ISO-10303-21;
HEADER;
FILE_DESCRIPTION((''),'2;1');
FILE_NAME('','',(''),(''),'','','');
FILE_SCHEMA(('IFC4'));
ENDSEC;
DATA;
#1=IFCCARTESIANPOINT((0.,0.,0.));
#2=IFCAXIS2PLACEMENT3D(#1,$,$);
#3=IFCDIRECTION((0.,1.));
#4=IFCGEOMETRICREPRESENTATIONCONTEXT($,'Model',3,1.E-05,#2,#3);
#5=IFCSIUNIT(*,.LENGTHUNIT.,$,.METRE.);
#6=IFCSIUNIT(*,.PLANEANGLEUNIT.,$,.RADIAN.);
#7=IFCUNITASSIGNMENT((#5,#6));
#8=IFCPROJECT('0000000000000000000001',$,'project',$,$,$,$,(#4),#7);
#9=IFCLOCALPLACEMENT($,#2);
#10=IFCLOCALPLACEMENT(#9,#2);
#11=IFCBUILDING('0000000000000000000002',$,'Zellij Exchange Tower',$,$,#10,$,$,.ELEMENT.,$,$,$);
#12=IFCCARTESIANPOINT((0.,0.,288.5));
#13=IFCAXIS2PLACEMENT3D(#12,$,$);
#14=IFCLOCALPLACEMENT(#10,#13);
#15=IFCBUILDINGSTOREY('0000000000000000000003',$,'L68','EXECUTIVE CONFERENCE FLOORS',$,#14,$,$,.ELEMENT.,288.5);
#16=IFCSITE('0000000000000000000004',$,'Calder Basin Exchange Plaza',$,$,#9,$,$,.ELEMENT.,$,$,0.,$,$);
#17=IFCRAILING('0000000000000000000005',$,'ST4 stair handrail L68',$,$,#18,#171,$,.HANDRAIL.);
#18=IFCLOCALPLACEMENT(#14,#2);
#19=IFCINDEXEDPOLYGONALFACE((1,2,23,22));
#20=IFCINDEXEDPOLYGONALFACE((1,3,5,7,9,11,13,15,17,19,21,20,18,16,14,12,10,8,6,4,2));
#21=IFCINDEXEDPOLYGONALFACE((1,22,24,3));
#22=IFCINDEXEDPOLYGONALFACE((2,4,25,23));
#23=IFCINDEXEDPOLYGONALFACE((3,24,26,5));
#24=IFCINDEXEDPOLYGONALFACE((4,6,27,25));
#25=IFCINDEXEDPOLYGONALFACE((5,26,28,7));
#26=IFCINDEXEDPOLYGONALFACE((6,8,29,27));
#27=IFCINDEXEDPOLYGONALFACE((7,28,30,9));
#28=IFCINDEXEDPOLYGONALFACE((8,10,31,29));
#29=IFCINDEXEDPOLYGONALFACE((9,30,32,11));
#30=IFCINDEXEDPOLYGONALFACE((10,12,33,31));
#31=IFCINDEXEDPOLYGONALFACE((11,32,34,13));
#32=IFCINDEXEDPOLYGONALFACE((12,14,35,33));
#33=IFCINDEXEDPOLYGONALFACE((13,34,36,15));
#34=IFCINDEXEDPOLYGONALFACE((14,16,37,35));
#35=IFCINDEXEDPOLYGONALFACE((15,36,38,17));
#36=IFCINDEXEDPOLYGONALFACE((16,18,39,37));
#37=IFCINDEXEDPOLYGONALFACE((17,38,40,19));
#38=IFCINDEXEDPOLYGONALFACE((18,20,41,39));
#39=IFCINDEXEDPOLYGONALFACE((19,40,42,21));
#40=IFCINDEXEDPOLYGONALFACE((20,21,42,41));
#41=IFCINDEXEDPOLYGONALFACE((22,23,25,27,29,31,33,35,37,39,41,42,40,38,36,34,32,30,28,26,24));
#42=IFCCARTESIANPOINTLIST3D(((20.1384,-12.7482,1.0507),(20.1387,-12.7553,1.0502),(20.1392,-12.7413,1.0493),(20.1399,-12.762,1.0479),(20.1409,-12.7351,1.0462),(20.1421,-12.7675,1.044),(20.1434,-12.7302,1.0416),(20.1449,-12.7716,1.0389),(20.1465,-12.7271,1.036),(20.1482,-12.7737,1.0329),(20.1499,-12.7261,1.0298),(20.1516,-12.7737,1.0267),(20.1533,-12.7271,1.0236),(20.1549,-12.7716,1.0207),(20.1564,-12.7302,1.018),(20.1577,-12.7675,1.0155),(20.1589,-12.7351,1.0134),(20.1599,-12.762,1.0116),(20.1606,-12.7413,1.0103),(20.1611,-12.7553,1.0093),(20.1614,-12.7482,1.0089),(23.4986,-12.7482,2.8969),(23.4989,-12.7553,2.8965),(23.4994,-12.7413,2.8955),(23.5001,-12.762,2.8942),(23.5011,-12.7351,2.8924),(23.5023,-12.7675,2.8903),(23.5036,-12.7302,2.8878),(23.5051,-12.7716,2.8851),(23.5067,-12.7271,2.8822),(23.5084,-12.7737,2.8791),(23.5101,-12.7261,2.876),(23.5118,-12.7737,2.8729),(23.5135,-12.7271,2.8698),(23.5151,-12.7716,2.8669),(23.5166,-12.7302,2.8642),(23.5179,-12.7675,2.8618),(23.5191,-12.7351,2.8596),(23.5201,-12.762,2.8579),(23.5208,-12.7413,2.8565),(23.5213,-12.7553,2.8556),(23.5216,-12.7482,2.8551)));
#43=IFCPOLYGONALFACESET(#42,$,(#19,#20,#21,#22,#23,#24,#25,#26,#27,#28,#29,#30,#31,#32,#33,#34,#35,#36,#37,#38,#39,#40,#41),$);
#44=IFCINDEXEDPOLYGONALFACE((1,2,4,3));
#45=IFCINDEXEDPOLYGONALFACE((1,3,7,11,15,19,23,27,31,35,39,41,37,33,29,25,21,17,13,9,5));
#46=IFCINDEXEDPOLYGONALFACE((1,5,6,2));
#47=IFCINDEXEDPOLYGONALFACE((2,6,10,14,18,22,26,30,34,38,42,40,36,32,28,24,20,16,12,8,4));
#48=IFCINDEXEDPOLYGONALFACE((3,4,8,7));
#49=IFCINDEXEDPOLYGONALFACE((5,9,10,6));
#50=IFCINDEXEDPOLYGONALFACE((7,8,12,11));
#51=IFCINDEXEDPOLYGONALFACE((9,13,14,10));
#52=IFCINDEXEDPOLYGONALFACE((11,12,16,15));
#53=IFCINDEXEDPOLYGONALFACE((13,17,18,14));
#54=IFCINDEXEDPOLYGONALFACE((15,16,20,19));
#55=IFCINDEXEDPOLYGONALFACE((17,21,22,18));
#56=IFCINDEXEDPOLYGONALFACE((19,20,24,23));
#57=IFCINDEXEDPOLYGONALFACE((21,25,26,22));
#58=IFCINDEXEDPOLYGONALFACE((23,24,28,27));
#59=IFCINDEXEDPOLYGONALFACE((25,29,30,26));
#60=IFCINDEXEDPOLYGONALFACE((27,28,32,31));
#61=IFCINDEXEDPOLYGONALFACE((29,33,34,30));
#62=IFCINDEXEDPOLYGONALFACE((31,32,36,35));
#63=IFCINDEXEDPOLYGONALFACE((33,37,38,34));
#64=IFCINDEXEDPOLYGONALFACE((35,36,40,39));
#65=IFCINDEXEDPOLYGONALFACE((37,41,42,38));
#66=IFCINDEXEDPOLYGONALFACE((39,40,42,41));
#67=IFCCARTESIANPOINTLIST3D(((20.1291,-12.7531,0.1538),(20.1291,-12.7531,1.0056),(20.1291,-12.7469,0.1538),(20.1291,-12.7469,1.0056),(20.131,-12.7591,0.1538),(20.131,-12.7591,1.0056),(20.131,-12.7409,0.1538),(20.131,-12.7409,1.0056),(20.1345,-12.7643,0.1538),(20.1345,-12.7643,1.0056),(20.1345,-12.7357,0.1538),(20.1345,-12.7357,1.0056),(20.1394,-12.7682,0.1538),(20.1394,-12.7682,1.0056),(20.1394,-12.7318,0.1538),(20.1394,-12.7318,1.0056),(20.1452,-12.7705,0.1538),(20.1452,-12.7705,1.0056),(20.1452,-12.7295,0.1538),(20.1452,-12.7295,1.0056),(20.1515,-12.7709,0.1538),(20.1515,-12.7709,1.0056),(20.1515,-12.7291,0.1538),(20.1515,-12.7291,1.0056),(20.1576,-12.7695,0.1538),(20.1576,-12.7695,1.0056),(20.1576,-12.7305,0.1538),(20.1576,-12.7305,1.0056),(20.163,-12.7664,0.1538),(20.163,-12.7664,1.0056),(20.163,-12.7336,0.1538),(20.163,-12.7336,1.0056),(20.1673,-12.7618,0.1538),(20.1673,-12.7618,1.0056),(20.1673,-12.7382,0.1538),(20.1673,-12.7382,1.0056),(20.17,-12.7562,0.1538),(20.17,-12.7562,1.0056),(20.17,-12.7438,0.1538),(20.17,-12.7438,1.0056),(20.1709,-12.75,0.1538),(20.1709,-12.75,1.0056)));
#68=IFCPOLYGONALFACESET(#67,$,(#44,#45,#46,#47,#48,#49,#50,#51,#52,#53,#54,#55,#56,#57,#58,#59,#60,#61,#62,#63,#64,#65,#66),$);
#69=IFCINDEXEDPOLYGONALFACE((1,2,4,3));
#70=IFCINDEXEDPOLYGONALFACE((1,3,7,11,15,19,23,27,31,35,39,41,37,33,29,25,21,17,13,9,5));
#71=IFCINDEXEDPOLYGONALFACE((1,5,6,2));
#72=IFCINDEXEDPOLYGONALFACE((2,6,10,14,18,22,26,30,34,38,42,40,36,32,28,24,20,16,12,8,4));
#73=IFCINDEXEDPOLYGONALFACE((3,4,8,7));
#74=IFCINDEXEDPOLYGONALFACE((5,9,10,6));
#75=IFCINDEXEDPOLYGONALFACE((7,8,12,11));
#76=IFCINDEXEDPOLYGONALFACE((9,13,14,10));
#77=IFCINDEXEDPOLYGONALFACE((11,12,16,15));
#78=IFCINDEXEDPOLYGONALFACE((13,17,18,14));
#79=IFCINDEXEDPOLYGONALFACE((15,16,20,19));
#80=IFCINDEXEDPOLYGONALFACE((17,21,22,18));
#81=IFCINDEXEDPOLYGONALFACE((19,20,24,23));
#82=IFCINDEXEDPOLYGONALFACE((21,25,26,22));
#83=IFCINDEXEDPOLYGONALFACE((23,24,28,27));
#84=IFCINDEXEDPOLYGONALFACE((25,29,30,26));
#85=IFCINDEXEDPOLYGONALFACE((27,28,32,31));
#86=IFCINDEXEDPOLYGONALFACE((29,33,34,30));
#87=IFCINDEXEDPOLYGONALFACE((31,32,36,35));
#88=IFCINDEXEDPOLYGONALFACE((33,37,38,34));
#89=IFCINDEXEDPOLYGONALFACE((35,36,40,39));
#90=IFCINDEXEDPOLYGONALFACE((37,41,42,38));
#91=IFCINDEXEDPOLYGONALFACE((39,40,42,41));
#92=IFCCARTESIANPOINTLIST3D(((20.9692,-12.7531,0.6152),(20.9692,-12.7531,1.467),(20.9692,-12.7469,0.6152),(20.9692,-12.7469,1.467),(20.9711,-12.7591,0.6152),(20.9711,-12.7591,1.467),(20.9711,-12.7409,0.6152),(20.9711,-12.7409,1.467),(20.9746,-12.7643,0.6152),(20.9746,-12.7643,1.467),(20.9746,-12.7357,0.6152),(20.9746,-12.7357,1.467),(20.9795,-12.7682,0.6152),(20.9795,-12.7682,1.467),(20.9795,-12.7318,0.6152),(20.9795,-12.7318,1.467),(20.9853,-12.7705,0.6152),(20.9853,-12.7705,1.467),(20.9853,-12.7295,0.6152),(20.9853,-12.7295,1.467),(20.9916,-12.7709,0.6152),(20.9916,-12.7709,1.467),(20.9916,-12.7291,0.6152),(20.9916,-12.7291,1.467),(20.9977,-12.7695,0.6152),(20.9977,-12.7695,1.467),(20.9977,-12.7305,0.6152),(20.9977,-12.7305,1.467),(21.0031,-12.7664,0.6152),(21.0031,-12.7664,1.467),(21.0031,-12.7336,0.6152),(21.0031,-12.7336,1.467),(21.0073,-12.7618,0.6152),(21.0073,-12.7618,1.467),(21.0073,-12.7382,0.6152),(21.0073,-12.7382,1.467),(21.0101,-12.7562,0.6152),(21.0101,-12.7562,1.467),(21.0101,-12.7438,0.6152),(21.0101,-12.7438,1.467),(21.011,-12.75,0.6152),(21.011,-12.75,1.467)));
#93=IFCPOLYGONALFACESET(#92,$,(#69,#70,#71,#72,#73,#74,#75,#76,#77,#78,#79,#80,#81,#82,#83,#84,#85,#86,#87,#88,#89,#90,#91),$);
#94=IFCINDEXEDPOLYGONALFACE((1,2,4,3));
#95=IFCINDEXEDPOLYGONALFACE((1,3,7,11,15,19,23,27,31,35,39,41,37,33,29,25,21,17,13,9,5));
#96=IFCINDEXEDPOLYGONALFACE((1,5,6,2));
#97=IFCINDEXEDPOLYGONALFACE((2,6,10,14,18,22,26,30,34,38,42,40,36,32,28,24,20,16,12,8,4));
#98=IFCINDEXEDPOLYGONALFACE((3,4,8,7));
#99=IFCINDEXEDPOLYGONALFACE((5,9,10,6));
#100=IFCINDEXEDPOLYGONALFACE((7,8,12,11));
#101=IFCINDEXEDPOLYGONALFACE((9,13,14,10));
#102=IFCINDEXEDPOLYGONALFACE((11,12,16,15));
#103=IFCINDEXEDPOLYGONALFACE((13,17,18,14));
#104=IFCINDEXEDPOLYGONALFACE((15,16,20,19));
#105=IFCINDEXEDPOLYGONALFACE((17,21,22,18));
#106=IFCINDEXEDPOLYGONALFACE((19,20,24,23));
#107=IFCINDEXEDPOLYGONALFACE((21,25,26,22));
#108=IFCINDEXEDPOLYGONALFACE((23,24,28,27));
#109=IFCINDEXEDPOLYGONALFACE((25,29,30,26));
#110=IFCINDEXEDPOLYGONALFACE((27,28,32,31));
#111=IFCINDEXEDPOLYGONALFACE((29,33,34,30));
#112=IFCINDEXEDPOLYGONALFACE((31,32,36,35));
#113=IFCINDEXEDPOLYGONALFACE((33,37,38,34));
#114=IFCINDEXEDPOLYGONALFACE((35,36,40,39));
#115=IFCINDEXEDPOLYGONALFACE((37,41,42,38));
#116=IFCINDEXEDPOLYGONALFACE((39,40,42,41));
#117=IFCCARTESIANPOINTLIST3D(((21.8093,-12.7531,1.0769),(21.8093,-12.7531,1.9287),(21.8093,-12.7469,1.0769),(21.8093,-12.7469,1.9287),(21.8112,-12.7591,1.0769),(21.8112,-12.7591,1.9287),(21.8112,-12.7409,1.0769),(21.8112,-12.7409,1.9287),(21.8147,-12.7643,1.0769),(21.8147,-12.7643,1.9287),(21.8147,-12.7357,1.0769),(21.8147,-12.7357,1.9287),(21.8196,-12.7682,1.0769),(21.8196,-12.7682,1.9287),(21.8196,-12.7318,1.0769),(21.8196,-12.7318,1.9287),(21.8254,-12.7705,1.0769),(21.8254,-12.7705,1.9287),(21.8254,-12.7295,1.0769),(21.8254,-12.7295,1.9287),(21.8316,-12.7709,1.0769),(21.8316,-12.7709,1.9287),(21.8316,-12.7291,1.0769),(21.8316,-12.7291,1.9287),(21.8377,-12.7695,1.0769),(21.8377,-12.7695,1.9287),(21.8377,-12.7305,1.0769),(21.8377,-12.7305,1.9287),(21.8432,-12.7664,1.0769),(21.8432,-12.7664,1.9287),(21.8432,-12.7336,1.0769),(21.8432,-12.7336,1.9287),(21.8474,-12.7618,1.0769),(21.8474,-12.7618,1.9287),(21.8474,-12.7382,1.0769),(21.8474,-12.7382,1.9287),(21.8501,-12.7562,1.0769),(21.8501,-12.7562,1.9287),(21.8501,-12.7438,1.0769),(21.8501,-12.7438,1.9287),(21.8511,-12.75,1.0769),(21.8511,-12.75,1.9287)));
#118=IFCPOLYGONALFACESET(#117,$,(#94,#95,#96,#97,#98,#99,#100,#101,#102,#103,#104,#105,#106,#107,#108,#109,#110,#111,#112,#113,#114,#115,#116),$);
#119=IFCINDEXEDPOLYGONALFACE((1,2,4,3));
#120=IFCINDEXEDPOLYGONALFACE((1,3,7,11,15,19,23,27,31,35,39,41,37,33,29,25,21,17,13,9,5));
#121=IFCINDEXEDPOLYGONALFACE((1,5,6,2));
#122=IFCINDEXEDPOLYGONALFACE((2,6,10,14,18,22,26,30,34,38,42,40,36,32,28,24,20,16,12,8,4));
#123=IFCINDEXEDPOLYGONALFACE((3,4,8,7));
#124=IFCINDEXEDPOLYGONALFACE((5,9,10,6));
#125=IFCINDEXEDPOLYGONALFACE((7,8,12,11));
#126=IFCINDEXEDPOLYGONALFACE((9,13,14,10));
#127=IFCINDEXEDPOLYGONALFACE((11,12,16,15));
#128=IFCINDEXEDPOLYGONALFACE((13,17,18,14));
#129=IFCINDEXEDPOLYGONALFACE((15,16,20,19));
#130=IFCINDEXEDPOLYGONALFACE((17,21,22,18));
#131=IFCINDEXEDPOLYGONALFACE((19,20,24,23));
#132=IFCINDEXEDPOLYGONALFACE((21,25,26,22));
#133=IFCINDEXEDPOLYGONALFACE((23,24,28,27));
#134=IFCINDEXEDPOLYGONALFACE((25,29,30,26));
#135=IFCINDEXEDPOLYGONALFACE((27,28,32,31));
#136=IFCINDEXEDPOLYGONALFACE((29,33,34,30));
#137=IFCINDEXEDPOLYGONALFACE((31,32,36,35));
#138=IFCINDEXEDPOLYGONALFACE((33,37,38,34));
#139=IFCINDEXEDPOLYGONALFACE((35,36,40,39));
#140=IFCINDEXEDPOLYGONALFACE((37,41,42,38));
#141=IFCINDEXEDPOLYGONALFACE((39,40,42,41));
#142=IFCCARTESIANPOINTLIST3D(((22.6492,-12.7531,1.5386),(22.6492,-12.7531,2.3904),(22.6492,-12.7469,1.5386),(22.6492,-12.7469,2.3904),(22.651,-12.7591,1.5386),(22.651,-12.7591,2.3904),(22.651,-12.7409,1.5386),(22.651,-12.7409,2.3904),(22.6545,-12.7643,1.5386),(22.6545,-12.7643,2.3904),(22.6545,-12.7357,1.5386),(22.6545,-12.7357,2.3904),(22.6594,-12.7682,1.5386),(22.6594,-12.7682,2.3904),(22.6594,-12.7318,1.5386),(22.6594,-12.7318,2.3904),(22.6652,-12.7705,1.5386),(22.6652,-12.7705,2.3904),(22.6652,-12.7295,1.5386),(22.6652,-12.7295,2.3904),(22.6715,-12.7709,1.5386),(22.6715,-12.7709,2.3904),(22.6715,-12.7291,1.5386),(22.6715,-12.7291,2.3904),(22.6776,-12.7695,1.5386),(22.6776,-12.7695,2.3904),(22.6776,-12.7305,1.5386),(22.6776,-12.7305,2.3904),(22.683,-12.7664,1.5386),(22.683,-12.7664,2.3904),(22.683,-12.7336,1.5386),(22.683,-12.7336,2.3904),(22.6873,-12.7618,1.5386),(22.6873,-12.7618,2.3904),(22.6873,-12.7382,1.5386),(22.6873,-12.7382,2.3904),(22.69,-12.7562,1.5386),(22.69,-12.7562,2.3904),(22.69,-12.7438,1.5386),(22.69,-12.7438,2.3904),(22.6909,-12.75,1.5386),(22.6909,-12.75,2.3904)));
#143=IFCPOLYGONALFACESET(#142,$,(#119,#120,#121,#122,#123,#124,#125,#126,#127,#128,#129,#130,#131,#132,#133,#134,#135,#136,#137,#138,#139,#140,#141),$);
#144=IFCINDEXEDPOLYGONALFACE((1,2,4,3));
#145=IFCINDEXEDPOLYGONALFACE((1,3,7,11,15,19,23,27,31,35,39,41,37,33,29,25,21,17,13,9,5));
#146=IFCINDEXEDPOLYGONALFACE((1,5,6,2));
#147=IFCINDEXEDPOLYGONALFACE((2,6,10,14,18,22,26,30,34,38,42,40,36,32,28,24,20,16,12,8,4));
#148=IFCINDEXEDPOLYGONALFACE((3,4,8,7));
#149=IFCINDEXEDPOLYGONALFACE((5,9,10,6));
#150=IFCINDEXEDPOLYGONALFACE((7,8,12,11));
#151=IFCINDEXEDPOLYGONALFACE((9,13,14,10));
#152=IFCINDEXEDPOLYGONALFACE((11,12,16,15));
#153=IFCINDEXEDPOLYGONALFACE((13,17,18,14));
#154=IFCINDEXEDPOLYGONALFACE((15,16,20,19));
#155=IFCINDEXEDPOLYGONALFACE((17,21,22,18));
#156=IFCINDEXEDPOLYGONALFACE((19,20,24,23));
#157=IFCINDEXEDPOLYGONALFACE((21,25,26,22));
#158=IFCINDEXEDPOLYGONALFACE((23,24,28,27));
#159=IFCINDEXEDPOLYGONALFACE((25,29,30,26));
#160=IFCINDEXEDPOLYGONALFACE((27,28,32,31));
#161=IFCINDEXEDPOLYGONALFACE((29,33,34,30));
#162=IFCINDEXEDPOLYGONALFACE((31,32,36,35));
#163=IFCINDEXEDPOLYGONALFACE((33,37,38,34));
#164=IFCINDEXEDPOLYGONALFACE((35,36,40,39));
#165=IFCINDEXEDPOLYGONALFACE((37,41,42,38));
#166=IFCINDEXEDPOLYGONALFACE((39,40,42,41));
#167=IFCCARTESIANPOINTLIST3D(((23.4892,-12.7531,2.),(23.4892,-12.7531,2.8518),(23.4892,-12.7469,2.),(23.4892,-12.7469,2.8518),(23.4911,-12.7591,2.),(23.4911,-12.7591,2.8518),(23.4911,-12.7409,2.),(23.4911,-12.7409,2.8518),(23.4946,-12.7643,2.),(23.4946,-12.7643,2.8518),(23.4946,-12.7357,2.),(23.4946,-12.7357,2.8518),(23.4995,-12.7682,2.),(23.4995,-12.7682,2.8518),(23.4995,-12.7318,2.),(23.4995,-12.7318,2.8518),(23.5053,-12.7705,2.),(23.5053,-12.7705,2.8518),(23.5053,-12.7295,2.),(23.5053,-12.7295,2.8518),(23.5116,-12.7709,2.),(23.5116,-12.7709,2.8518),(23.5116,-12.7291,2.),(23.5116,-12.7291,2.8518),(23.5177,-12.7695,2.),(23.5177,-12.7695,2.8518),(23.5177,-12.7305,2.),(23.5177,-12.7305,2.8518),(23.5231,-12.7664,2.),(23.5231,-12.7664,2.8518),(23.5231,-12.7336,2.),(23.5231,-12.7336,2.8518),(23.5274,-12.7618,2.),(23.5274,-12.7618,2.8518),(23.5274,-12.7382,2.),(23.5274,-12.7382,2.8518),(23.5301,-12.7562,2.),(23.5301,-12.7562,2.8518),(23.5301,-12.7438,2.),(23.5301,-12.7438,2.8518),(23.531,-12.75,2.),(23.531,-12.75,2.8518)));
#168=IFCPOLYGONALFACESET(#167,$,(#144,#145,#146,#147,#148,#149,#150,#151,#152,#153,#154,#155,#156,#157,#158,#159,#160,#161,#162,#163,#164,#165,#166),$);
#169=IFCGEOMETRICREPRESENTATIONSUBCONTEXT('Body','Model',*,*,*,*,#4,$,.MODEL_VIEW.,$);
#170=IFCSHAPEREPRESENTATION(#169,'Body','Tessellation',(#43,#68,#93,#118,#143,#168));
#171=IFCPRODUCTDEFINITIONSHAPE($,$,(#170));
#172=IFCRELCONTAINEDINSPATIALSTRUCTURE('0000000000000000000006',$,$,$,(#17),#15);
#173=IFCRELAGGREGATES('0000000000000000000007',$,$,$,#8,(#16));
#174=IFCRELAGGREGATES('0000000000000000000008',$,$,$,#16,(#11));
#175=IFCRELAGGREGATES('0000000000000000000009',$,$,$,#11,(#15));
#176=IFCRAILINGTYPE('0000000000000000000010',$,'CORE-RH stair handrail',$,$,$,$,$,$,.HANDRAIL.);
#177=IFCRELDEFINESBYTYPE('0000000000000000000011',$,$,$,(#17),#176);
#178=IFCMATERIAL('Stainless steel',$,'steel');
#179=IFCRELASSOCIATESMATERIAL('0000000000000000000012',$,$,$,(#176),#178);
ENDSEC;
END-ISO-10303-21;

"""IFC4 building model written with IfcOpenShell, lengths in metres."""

from ifc_helpers import new_model, si_unit, direction, frame, origin, origin_2d, place, context, subcontext, project, spatial, circle, extrude, material, type_object, element, save


model = new_model("IFC4")

# Units and contexts
model_context = context("Model", 3, precision=1e-05, world=origin(), true_north=direction((0.0, 1.0)))
body_context = subcontext(model_context, "Body", "Model", "MODEL_VIEW")
ifc_project = project(units=[si_unit("LENGTHUNIT", "METRE"), si_unit("PLANEANGLEUNIT", "RADIAN")], contexts=[model_context])

# Site, building, storey
site_placement = place(None, origin())
site = spatial("IfcSite", under=ifc_project, at=site_placement, Name="Calder Basin Exchange Plaza", CompositionType="ELEMENT", RefElevation=0.0)
building_placement = place(site_placement, origin())
building = spatial("IfcBuilding", under=site, at=building_placement, Name="Zellij Exchange Tower", CompositionType="ELEMENT")
storey_placement = place(building_placement, frame((0.0, 0.0, 288.5)))
storey = spatial("IfcBuildingStorey", under=building, at=storey_placement, Name="L68", Description="EXECUTIVE CONFERENCE FLOORS", CompositionType="ELEMENT", Elevation=288.5)

# Railing
ifc_material_1 = material(Name="Stainless steel", Category="steel")
railing_type_1 = type_object("IfcRailingType", Name="CORE-RH stair handrail", PredefinedType="HANDRAIL", material=ifc_material_1)
railing_1_placement = place(storey_placement, frame((20.1499, -12.75, 0.1538)))
element("IfcRailing", 1, at=railing_1_placement, inside=storey, type_object=railing_type_1, Name="ST4 stair handrail L68", PredefinedType="HANDRAIL", context=body_context, shape_type="SweptSolid", body=[
    extrude(circle(Radius=0.0239, at=origin_2d()), frame((0.0, 0.0, 0.876), z_axis=(0.876422, 0.0, 0.481545), x_axis=(0.0, 1.0, 0.0)), (0.0, 0.0, 1.0), 3.834),
    extrude(circle(Radius=0.021, at=origin_2d()), origin(), (0.0, 0.0, 1.0), 0.8518),
    extrude(circle(Radius=0.021, at=origin_2d()), frame((0.8401, 0.0, 0.4614)), (0.0, 0.0, 1.0), 0.8518),
    extrude(circle(Radius=0.021, at=origin_2d()), frame((1.6802, 0.0, 0.9231)), (0.0, 0.0, 1.0), 0.8518),
    extrude(circle(Radius=0.021, at=origin_2d()), frame((2.52, 0.0, 1.3848)), (0.0, 0.0, 1.0), 0.8518),
    extrude(circle(Radius=0.021, at=origin_2d()), frame((3.3601, 0.0, 1.8462)), (0.0, 0.0, 1.0), 0.8518),
])

save(model, "model.ifc")
